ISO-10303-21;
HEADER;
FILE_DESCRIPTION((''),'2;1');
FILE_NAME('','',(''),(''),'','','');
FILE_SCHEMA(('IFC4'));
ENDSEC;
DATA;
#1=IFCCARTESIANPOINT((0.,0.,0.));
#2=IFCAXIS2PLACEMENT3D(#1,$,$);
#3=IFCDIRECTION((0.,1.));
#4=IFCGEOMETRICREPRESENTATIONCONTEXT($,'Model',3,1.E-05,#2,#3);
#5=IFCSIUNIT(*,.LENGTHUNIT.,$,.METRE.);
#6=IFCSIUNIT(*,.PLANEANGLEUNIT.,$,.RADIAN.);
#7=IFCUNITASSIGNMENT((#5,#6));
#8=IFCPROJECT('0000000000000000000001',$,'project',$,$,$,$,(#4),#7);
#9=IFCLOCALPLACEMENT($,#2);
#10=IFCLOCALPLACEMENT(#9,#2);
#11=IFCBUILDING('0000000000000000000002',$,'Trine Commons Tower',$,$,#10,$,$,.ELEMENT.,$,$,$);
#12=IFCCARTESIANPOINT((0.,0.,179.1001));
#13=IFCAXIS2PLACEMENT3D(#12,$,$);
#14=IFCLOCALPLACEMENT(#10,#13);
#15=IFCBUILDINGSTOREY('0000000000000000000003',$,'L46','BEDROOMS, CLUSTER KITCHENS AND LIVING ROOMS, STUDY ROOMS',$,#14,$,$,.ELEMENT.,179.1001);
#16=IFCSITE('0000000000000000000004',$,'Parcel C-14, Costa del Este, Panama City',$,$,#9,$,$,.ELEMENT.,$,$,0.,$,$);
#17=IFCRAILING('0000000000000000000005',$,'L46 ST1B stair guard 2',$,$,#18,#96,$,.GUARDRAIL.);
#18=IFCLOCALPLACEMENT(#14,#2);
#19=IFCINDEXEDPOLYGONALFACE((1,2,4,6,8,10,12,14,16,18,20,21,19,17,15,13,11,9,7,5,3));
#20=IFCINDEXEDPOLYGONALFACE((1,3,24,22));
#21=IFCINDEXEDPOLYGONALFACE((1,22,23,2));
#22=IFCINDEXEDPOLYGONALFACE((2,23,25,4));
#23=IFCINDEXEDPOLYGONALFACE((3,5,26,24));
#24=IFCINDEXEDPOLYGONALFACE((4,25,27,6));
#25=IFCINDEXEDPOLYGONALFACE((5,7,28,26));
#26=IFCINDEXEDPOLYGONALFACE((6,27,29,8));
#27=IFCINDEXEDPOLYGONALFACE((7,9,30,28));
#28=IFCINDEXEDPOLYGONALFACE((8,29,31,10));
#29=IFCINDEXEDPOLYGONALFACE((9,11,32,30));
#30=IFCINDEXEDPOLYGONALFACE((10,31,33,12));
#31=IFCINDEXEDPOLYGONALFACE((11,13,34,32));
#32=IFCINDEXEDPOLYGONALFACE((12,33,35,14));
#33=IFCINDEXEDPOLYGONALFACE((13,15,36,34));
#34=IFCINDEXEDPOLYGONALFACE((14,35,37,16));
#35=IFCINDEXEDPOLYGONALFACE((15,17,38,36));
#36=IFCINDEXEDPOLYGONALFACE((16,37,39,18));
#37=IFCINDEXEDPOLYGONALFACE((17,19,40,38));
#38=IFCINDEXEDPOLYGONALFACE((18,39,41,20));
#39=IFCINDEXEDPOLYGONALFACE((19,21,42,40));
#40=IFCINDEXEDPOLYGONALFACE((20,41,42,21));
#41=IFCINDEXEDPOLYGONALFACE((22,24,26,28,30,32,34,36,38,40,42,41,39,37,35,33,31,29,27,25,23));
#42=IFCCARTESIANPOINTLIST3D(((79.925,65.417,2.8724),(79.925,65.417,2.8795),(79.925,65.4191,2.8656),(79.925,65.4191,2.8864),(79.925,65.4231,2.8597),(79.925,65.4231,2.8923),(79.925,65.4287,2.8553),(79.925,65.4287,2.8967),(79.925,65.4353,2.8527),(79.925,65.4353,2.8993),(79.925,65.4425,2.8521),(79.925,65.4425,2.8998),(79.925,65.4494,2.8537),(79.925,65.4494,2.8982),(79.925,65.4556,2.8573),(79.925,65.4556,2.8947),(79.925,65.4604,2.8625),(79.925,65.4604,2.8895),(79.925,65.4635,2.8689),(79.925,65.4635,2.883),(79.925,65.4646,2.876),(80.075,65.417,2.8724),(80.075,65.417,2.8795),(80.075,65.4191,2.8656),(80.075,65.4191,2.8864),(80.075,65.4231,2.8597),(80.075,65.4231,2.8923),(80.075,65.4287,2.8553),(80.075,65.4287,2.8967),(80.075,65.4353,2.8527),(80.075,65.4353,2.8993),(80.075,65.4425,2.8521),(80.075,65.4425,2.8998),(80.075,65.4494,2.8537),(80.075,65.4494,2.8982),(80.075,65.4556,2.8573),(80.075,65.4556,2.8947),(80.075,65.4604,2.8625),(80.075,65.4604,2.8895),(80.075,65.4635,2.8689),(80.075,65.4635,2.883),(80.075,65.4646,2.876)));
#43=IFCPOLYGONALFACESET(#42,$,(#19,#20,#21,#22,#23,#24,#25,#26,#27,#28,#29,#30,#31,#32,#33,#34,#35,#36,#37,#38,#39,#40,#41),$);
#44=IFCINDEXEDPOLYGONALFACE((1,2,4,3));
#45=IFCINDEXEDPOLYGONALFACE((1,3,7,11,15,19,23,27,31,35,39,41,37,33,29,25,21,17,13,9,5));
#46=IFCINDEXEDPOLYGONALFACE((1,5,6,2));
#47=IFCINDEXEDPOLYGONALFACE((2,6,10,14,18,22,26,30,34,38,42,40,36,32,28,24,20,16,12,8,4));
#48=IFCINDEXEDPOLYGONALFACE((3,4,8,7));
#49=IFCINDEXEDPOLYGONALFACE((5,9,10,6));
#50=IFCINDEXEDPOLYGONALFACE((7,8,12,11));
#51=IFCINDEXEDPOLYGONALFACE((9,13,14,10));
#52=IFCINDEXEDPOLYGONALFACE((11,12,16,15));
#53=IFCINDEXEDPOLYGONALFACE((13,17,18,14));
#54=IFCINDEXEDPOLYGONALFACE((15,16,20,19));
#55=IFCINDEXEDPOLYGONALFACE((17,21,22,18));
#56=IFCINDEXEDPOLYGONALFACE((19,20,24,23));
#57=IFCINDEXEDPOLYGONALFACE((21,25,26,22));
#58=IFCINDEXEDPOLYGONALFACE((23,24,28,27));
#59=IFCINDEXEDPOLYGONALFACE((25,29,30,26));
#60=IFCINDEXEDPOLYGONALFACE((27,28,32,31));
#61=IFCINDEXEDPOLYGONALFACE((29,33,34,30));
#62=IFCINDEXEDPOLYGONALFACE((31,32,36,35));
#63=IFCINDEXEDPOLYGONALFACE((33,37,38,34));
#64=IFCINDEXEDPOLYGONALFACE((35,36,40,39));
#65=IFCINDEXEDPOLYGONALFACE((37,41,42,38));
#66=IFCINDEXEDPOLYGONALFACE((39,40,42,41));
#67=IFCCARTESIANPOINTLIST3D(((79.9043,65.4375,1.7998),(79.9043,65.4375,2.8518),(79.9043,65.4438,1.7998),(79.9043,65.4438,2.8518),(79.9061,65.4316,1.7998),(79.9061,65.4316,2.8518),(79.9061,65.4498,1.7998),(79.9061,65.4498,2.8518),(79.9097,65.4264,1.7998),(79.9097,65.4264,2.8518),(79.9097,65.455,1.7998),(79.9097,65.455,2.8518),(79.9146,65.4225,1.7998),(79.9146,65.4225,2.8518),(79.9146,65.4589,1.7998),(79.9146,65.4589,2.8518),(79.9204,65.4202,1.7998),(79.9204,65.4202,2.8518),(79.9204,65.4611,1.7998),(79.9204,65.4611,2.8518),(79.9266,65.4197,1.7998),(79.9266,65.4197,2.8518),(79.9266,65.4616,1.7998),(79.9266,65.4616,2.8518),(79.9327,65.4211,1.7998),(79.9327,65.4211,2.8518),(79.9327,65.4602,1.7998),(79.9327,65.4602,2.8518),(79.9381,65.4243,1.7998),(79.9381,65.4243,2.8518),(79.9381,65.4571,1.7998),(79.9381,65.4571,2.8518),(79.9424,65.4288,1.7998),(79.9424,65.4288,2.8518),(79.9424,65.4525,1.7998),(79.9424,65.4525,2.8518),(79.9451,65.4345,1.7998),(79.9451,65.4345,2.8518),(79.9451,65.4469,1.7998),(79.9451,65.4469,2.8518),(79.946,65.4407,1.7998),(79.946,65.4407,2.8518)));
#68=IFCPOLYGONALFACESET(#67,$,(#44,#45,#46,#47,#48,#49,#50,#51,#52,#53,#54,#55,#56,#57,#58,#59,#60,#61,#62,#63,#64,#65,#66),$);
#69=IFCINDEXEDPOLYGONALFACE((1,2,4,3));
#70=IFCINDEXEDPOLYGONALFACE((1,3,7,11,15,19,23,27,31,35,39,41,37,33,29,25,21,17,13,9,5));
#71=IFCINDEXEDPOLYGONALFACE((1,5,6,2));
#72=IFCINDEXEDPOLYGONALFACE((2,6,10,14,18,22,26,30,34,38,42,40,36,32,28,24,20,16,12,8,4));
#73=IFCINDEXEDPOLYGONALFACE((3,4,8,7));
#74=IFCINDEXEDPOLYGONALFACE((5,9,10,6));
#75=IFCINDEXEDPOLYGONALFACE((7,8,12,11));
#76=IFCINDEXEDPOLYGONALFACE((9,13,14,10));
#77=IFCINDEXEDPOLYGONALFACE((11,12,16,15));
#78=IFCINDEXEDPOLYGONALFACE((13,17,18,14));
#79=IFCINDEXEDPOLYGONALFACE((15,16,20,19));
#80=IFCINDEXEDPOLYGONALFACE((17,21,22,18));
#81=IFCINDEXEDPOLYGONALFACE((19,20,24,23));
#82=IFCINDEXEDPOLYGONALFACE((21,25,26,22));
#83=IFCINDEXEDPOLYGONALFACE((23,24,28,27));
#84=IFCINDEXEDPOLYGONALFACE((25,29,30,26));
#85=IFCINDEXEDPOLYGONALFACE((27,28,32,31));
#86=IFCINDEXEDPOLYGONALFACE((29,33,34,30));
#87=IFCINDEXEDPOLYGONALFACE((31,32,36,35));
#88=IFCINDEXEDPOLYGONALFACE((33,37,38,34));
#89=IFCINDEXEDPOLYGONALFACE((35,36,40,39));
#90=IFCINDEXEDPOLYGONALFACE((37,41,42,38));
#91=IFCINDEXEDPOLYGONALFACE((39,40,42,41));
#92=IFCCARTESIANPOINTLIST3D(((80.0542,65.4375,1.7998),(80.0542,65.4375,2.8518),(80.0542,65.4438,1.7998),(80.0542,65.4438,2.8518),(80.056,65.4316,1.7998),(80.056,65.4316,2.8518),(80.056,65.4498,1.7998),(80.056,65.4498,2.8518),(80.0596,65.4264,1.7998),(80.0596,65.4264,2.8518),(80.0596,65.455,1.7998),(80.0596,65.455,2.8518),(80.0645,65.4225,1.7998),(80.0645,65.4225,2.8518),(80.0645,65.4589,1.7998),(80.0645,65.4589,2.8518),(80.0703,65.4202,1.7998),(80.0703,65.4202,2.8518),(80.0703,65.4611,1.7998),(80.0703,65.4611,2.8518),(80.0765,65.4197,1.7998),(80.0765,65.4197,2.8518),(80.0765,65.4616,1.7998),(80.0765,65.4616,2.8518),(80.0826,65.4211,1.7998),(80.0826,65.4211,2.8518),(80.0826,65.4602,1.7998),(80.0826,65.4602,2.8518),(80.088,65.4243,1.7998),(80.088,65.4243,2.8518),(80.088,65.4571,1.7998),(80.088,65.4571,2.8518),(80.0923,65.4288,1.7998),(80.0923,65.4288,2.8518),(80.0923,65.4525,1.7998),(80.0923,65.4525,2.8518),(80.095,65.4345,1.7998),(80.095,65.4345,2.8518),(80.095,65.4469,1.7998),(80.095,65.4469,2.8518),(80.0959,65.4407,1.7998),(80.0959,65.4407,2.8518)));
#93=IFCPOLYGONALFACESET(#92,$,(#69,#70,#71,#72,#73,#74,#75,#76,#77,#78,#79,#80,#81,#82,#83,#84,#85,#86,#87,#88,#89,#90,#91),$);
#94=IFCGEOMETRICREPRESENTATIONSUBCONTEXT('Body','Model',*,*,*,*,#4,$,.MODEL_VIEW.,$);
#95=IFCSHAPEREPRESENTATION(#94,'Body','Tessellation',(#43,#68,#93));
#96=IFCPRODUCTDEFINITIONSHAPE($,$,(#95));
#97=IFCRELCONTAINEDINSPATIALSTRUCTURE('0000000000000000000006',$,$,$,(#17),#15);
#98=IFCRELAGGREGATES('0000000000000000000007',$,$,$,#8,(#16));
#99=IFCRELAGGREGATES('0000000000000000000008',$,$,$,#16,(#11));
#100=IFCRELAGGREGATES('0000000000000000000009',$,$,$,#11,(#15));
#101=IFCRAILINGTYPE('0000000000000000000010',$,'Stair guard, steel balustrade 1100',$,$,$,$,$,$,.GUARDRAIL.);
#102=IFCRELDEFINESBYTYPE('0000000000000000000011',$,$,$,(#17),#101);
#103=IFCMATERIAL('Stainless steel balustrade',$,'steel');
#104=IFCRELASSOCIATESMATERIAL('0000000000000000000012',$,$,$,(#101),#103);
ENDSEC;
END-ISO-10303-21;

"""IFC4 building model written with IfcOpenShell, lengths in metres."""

from ifc_helpers import new_model, si_unit, direction, frame, origin, origin_2d, place, context, subcontext, project, spatial, circle, extrude, material, type_object, element, save


model = new_model("IFC4")

# Units and contexts
model_context = context("Model", 3, precision=1e-05, world=origin(), true_north=direction((0.0, 1.0)))
body_context = subcontext(model_context, "Body", "Model", "MODEL_VIEW")
ifc_project = project(units=[si_unit("LENGTHUNIT", "METRE"), si_unit("PLANEANGLEUNIT", "RADIAN")], contexts=[model_context])

# Site, building, storey
site_placement = place(None, origin())
site = spatial("IfcSite", under=ifc_project, at=site_placement, Name="Parcel C-14, Costa del Este, Panama City", CompositionType="ELEMENT", RefElevation=0.0)
building_placement = place(site_placement, origin())
building = spatial("IfcBuilding", under=site, at=building_placement, Name="Trine Commons Tower", CompositionType="ELEMENT")
storey_placement = place(building_placement, frame((0.0, 0.0, 179.1001)))
storey = spatial("IfcBuildingStorey", under=building, at=storey_placement, Name="L46", Description="BEDROOMS, CLUSTER KITCHENS AND LIVING ROOMS, STUDY ROOMS", CompositionType="ELEMENT", Elevation=179.1001)

# Railing
ifc_material_1 = material(Name="Stainless steel balustrade", Category="steel")
railing_type_1 = type_object("IfcRailingType", Name="Stair guard, steel balustrade 1100", PredefinedType="GUARDRAIL", material=ifc_material_1)
railing_1_placement = place(storey_placement, frame((79.925, 65.4407, 1.7998)))
element("IfcRailing", 1, at=railing_1_placement, inside=storey, type_object=railing_type_1, Name="L46 ST1B stair guard 2", PredefinedType="GUARDRAIL", context=body_context, shape_type="SweptSolid", body=[
    extrude(circle(Radius=0.0239, at=origin_2d()), frame((0.0, 0.0, 1.0762), z_axis=(1.0, 0.0, 0.0), x_axis=(0.0, 1.0, 0.0)), (0.0, 0.0, 1.0), 0.1499),
    extrude(circle(Radius=0.021, at=origin_2d()), origin(), (0.0, 0.0, 1.0), 1.052),
    extrude(circle(Radius=0.021, at=origin_2d()), frame((0.1499, 0.0, 0.0)), (0.0, 0.0, 1.0), 1.052),
])

save(model, "model.ifc")
